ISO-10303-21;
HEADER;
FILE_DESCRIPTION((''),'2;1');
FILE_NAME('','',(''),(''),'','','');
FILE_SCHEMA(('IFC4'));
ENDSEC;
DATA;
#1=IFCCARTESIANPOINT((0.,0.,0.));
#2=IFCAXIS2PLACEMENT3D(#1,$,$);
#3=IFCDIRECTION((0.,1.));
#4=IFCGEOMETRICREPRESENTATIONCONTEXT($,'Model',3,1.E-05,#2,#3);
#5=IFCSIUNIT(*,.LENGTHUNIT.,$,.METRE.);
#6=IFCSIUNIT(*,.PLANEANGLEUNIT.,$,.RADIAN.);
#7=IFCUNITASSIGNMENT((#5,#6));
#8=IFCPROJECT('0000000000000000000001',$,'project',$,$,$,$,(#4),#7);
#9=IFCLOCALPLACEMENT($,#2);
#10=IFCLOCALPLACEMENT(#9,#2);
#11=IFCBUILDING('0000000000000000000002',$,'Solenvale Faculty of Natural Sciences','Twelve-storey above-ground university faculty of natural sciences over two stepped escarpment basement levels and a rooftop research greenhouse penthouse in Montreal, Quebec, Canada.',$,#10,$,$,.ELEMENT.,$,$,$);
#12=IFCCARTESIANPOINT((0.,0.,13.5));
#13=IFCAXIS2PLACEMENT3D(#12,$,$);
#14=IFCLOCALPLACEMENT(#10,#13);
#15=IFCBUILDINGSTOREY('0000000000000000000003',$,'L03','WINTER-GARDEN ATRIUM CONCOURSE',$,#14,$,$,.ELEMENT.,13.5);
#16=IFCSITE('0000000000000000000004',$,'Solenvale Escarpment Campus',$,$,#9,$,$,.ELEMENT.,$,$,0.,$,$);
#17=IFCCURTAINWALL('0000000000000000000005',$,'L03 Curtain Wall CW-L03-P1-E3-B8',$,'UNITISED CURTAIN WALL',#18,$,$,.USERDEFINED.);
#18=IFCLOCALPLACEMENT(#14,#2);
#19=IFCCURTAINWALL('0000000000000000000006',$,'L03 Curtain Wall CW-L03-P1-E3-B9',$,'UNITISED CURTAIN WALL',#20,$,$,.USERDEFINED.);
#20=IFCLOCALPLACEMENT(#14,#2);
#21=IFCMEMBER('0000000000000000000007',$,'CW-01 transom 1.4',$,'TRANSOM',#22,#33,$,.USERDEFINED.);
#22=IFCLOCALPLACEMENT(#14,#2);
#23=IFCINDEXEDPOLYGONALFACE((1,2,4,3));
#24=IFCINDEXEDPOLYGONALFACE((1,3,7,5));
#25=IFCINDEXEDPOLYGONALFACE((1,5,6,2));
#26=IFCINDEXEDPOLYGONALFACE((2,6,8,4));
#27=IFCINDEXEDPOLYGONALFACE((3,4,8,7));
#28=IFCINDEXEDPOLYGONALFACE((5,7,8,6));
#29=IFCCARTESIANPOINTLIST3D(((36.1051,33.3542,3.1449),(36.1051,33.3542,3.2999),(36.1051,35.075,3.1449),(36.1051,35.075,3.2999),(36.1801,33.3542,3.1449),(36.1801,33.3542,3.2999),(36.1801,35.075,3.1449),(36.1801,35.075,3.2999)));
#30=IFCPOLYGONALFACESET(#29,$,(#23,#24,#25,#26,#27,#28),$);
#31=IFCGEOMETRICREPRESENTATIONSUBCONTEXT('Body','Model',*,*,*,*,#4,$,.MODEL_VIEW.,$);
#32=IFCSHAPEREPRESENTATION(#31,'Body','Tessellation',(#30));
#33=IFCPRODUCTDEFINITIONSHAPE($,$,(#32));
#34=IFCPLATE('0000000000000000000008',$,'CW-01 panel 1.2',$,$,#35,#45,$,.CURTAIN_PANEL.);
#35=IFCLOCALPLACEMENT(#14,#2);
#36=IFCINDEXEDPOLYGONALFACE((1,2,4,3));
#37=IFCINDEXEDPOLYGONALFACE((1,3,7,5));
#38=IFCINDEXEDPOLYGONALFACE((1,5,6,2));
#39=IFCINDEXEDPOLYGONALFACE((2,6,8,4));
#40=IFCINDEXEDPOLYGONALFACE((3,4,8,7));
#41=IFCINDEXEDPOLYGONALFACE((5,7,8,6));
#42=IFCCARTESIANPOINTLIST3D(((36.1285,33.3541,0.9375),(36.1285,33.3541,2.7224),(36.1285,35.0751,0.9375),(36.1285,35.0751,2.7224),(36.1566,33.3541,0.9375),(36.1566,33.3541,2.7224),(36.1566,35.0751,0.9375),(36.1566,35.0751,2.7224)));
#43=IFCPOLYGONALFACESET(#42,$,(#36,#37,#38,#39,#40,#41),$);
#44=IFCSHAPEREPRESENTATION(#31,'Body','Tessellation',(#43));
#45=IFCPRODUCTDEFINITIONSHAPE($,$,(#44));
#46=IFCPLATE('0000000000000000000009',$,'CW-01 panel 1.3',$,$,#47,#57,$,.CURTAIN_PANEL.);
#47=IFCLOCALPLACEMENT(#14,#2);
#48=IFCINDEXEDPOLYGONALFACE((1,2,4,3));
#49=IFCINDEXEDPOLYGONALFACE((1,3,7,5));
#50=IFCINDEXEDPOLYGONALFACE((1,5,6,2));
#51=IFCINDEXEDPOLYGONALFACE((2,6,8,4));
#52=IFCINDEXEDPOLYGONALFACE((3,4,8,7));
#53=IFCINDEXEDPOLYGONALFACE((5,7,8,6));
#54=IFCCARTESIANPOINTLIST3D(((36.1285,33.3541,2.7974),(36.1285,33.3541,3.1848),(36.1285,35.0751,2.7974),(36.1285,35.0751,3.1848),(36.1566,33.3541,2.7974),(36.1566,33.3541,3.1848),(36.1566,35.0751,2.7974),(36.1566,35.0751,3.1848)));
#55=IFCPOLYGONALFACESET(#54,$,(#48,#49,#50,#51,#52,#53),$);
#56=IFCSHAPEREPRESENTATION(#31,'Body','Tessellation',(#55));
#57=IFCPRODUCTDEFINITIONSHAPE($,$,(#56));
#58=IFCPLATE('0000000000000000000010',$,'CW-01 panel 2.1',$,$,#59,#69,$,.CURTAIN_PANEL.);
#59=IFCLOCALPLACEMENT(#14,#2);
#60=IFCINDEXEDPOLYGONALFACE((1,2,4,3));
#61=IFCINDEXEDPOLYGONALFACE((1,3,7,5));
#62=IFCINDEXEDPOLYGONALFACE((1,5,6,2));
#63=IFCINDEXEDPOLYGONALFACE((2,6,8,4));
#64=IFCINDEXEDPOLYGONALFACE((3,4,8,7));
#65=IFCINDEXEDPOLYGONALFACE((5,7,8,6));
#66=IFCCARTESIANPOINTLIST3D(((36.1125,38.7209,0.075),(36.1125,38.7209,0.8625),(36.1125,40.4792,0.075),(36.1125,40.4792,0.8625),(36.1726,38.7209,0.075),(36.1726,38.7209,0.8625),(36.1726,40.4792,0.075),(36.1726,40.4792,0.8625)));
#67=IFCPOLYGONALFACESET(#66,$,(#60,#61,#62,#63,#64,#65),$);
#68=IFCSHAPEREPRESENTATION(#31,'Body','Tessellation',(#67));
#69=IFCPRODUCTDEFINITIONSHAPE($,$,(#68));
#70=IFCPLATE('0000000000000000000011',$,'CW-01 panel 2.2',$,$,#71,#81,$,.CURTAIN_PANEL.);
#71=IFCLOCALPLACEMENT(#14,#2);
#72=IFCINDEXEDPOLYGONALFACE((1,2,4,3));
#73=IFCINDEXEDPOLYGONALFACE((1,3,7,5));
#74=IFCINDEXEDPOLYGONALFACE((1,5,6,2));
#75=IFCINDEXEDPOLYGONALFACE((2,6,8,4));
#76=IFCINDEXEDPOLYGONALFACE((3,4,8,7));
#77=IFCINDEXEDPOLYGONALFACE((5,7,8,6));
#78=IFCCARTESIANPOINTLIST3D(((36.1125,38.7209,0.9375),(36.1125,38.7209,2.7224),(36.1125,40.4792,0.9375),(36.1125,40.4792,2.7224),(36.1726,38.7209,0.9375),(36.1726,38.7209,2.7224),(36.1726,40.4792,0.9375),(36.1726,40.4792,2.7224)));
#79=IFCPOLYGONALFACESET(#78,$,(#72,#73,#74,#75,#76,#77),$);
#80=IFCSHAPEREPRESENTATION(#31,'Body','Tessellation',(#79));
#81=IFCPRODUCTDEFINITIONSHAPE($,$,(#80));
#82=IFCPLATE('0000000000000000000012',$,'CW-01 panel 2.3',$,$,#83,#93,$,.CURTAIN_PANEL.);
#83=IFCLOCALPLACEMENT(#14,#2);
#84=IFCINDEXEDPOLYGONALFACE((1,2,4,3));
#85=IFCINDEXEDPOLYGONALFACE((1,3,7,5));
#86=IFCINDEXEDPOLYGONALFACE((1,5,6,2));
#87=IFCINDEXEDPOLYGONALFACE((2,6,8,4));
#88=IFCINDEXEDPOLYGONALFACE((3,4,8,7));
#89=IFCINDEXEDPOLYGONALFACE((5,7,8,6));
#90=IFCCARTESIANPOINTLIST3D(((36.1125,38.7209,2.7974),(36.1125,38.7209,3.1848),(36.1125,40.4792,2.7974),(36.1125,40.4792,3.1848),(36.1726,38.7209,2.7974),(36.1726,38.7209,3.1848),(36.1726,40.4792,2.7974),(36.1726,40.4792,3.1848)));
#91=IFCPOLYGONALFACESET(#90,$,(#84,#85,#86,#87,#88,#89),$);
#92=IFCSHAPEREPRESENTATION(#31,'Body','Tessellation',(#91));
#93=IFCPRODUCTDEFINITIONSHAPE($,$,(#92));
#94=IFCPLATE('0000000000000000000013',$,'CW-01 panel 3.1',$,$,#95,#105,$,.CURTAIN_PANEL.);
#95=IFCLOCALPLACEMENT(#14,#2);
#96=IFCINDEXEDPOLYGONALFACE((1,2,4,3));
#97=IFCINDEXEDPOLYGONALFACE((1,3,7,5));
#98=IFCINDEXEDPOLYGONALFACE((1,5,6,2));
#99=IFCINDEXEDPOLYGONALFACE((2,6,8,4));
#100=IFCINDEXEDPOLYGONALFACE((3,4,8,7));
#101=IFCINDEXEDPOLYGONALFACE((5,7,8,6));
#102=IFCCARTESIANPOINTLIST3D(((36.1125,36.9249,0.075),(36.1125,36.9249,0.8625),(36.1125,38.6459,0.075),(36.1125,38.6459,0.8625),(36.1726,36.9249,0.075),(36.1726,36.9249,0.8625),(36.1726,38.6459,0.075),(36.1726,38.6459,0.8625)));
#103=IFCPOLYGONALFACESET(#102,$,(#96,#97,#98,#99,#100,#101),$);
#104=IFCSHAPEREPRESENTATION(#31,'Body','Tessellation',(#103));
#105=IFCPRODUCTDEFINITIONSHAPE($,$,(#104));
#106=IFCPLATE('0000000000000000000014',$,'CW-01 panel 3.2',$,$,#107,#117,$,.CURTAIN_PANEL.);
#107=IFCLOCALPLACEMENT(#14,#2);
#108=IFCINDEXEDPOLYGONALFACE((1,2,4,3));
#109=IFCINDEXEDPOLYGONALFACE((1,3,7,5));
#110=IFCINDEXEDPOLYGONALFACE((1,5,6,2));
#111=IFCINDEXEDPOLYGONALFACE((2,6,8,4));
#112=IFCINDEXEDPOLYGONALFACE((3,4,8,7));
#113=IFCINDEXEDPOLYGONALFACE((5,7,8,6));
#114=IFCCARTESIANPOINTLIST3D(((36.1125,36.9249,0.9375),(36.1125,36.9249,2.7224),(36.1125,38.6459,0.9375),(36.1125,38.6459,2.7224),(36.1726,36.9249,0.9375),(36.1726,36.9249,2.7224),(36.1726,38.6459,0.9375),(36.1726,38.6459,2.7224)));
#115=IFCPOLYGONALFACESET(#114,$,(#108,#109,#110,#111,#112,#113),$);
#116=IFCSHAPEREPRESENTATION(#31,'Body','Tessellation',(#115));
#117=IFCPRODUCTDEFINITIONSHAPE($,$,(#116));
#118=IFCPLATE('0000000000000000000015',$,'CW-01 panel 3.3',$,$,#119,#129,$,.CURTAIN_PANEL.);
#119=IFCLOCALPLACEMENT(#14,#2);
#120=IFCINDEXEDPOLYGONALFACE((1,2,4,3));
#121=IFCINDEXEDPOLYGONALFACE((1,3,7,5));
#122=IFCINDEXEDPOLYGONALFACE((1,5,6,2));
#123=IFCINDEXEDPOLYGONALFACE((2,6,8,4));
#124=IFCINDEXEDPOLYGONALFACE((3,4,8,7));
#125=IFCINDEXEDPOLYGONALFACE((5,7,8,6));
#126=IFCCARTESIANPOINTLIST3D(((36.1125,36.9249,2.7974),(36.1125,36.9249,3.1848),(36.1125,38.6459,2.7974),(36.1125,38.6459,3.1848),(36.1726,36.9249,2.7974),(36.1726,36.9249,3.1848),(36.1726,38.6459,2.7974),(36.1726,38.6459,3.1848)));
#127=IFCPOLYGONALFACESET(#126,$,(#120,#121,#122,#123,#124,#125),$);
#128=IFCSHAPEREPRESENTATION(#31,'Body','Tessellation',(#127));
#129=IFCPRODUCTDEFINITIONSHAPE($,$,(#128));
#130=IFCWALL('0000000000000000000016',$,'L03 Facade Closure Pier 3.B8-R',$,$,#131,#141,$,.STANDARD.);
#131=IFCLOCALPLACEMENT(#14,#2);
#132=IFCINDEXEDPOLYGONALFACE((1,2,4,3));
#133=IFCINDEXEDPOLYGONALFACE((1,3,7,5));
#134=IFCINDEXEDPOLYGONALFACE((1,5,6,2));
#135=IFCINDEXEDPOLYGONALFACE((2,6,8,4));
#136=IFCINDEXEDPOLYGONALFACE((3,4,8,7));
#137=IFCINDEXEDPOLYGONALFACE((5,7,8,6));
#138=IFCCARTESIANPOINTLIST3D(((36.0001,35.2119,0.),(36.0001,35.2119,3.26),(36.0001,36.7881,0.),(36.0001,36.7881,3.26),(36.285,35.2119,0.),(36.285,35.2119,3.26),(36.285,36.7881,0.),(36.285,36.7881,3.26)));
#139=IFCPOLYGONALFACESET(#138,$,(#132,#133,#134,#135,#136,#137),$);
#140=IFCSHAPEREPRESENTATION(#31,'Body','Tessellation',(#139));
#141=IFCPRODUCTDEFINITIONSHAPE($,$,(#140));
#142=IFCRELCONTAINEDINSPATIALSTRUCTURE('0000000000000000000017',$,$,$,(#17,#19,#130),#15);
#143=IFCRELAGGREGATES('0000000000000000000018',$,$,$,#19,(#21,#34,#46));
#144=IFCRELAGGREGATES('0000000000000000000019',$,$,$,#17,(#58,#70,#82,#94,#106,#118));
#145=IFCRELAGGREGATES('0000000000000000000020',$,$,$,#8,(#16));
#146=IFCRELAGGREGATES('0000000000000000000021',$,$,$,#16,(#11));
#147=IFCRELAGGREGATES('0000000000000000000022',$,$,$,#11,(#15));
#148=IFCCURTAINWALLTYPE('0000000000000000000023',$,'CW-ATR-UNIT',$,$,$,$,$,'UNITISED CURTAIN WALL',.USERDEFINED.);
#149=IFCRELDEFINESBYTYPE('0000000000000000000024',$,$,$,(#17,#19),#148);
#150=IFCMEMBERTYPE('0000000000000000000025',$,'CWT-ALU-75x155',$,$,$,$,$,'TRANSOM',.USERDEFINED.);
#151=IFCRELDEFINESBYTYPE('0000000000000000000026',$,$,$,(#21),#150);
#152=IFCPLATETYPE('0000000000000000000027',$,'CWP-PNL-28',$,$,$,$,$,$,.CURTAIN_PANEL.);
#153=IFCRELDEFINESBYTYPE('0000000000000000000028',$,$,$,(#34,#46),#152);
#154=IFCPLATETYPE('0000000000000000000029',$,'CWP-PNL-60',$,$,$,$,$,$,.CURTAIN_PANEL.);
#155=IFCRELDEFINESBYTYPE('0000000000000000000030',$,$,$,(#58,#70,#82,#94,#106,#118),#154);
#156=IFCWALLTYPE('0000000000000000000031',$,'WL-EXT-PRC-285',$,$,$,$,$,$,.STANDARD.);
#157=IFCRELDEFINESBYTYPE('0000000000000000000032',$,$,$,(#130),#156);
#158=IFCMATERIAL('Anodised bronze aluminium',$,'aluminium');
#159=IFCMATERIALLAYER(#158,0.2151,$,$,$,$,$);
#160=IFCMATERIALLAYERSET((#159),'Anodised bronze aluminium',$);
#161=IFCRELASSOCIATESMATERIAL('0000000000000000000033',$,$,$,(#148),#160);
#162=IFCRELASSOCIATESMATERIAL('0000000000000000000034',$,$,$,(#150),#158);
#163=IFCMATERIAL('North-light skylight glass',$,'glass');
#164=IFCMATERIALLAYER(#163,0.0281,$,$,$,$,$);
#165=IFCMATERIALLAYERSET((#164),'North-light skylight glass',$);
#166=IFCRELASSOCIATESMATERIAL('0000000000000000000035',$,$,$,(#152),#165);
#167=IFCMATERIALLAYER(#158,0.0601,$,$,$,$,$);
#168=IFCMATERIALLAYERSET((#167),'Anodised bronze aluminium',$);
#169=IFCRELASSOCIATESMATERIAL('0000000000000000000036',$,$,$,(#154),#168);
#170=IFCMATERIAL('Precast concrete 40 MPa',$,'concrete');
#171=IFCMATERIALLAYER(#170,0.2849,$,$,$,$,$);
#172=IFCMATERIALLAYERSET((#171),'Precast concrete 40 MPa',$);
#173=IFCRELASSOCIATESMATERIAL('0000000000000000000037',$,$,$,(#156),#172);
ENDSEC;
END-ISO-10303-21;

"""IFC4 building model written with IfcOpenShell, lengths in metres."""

from ifc_helpers import new_model, si_unit, direction, frame, frame_2d, origin, origin_2d, place, context, subcontext, project, spatial, rectangle, extrude, material, layer, layer_set, material_profile, profile_set, type_object, element, aggregate, save


model = new_model("IFC4")

# Units and contexts
model_context = context("Model", 3, precision=1e-05, world=origin(), true_north=direction((0.0, 1.0)))
body_context = subcontext(model_context, "Body", "Model", "MODEL_VIEW")
ifc_project = project(units=[si_unit("LENGTHUNIT", "METRE"), si_unit("PLANEANGLEUNIT", "RADIAN")], contexts=[model_context])

# Site, building, storey
site_placement = place(None, origin())
site = spatial("IfcSite", under=ifc_project, at=site_placement, Name="Solenvale Escarpment Campus", CompositionType="ELEMENT", RefElevation=0.0)
building_placement = place(site_placement, origin())
building = spatial("IfcBuilding", under=site, at=building_placement, Name="Solenvale Faculty of Natural Sciences", Description="Twelve-storey above-ground university faculty of natural sciences over two stepped escarpment basement levels and a rooftop research greenhouse penthouse in Montreal, Quebec, Canada.", CompositionType="ELEMENT")
storey_placement = place(building_placement, frame((0.0, 0.0, 13.5)))
storey = spatial("IfcBuildingStorey", under=building, at=storey_placement, Name="L03", Description="WINTER-GARDEN ATRIUM CONCOURSE", CompositionType="ELEMENT", Elevation=13.5)

# Curtain wall
ifc_material_1 = material(Name="Anodised bronze aluminium", Category="aluminium")
ifc_layer_1 = layer(ifc_material_1, 0.2151)
ifc_layer_set_1 = layer_set([ifc_layer_1], Name="Anodised bronze aluminium")
curtain_wall_type = type_object("IfcCurtainWallType", Name="CW-ATR-UNIT", ElementType="UNITISED CURTAIN WALL", PredefinedType="USERDEFINED", material=ifc_layer_set_1)
curtain_wall_1_placement = place(storey_placement, origin())
curtain_wall_1 = element("IfcCurtainWall", 1, at=curtain_wall_1_placement, inside=storey, type_object=curtain_wall_type, Name="L03 Curtain Wall CW-L03-P1-E3-B8", ObjectType="UNITISED CURTAIN WALL", PredefinedType="USERDEFINED")

# Curtain wall
curtain_wall_2_placement = place(storey_placement, origin())
curtain_wall_2 = element("IfcCurtainWall", 2, at=curtain_wall_2_placement, inside=storey, type_object=curtain_wall_type, Name="L03 Curtain Wall CW-L03-P1-E3-B9", ObjectType="UNITISED CURTAIN WALL", PredefinedType="USERDEFINED")

# Member
ifc_material_profile_1 = material_profile(ifc_material_1, rectangle(XDim=0.075, YDim=0.155, at=origin_2d()), Name="ALU-TRN-75x155")
ifc_profile_set_1 = profile_set([ifc_material_profile_1], Name="Anodised bronze aluminium")
member_type_1 = type_object("IfcMemberType", Name="CWT-ALU-75x155", ElementType="TRANSOM", PredefinedType="USERDEFINED", material=ifc_profile_set_1)
member_1_placement = place(storey_placement, frame((36.1426, 35.075, 3.2224), z_axis=(0.0, -1.0, 0.0), x_axis=(1.0, 0.0, 0.0)))
member_1 = element("IfcMember", 3, at=member_1_placement, type_object=member_type_1, Name="CW-01 transom 1.4", ObjectType="TRANSOM", PredefinedType="USERDEFINED", context=body_context, shape_type="SweptSolid", body=[
    extrude(rectangle(XDim=0.075, YDim=0.155, at=origin_2d()), origin(), (0.0, 0.0, 1.0), 1.7207),
])

# Plates
ifc_material_2 = material(Name="North-light skylight glass", Category="glass")
ifc_layer_2 = layer(ifc_material_2, 0.0281)
ifc_layer_set_2 = layer_set([ifc_layer_2], Name="North-light skylight glass")
plate_type_1 = type_object("IfcPlateType", Name="CWP-PNL-28", PredefinedType="CURTAIN_PANEL", material=ifc_layer_set_2)
plate_1_placement = place(storey_placement, frame((36.1426, 34.2146, 0.9375), z_axis=(0.0, 0.0, 1.0), x_axis=(0.0, -1.0, 0.0)))
plate_1 = element("IfcPlate", 4, at=plate_1_placement, type_object=plate_type_1, Name="CW-01 panel 1.2", PredefinedType="CURTAIN_PANEL", context=body_context, shape_type="SweptSolid", body=[
    extrude(rectangle(XDim=1.7209, YDim=0.0281, at=origin_2d()), origin(), (0.0, 0.0, 1.0), 1.7849),
])
plate_2_placement = place(storey_placement, frame((36.1426, 34.2146, 2.7974), z_axis=(0.0, 0.0, 1.0), x_axis=(0.0, -1.0, 0.0)))
plate_2 = element("IfcPlate", 5, at=plate_2_placement, type_object=plate_type_1, Name="CW-01 panel 1.3", PredefinedType="CURTAIN_PANEL", context=body_context, shape_type="SweptSolid", body=[
    extrude(rectangle(XDim=1.7209, YDim=0.0281, at=origin_2d()), origin(), (0.0, 0.0, 1.0), 0.3875),
])
aggregate(curtain_wall_2, [member_1, plate_1, plate_2])
ifc_layer_3 = layer(ifc_material_1, 0.0601)
ifc_layer_set_3 = layer_set([ifc_layer_3], Name="Anodised bronze aluminium")
plate_type_2 = type_object("IfcPlateType", Name="CWP-PNL-60", PredefinedType="CURTAIN_PANEL", material=ifc_layer_set_3)
plate_3_placement = place(storey_placement, frame((36.1426, 39.6001, 0.075), z_axis=(0.0, 0.0, 1.0), x_axis=(0.0, -1.0, 0.0)))
plate_3 = element("IfcPlate", 6, at=plate_3_placement, type_object=plate_type_2, Name="CW-01 panel 2.1", PredefinedType="CURTAIN_PANEL", context=body_context, shape_type="SweptSolid", body=[
    extrude(rectangle(XDim=1.7583, YDim=0.0601, at=origin_2d()), origin(), (0.0, 0.0, 1.0), 0.7876),
])
plate_4_placement = place(storey_placement, frame((36.1426, 39.6001, 0.9375), z_axis=(0.0, 0.0, 1.0), x_axis=(0.0, -1.0, 0.0)))
plate_4 = element("IfcPlate", 7, at=plate_4_placement, type_object=plate_type_2, Name="CW-01 panel 2.2", PredefinedType="CURTAIN_PANEL", context=body_context, shape_type="SweptSolid", body=[
    extrude(rectangle(XDim=1.7583, YDim=0.0601, at=origin_2d()), origin(), (0.0, 0.0, 1.0), 1.7849),
])
plate_5_placement = place(storey_placement, frame((36.1426, 39.6001, 2.7974), z_axis=(0.0, 0.0, 1.0), x_axis=(0.0, -1.0, 0.0)))
plate_5 = element("IfcPlate", 8, at=plate_5_placement, type_object=plate_type_2, Name="CW-01 panel 2.3", PredefinedType="CURTAIN_PANEL", context=body_context, shape_type="SweptSolid", body=[
    extrude(rectangle(XDim=1.7583, YDim=0.0601, at=origin_2d()), origin(), (0.0, 0.0, 1.0), 0.3875),
])
plate_6_placement = place(storey_placement, frame((36.1426, 37.7854, 0.075), z_axis=(0.0, 0.0, 1.0), x_axis=(0.0, -1.0, 0.0)))
plate_6 = element("IfcPlate", 9, at=plate_6_placement, type_object=plate_type_2, Name="CW-01 panel 3.1", PredefinedType="CURTAIN_PANEL", context=body_context, shape_type="SweptSolid", body=[
    extrude(rectangle(XDim=1.7209, YDim=0.0601, at=origin_2d()), origin(), (0.0, 0.0, 1.0), 0.7876),
])
plate_7_placement = place(storey_placement, frame((36.1426, 37.7854, 0.9375), z_axis=(0.0, 0.0, 1.0), x_axis=(0.0, -1.0, 0.0)))
plate_7 = element("IfcPlate", 10, at=plate_7_placement, type_object=plate_type_2, Name="CW-01 panel 3.2", PredefinedType="CURTAIN_PANEL", context=body_context, shape_type="SweptSolid", body=[
    extrude(rectangle(XDim=1.7209, YDim=0.0601, at=origin_2d()), origin(), (0.0, 0.0, 1.0), 1.7849),
])
plate_8_placement = place(storey_placement, frame((36.1426, 37.7854, 2.7974), z_axis=(0.0, 0.0, 1.0), x_axis=(0.0, -1.0, 0.0)))
plate_8 = element("IfcPlate", 11, at=plate_8_placement, type_object=plate_type_2, Name="CW-01 panel 3.3", PredefinedType="CURTAIN_PANEL", context=body_context, shape_type="SweptSolid", body=[
    extrude(rectangle(XDim=1.7209, YDim=0.0601, at=origin_2d()), origin(), (0.0, 0.0, 1.0), 0.3875),
])
aggregate(curtain_wall_1, [plate_3, plate_4, plate_5, plate_6, plate_7, plate_8])

# Wall
ifc_material_3 = material(Name="Precast concrete 40 MPa", Category="concrete")
ifc_layer_4 = layer(ifc_material_3, 0.2849)
ifc_layer_set_4 = layer_set([ifc_layer_4], Name="Precast concrete 40 MPa")
wall_type = type_object("IfcWallType", Name="WL-EXT-PRC-285", PredefinedType="STANDARD", material=ifc_layer_set_4)
wall_placement = place(storey_placement, frame((36.1426, 36.7881, 0.0), z_axis=(0.0, 0.0, 1.0), x_axis=(0.0, -1.0, 0.0)))
element("IfcWall", 12, at=wall_placement, inside=storey, type_object=wall_type, Name="L03 Facade Closure Pier 3.B8-R", PredefinedType="STANDARD", context=body_context, shape_type="SweptSolid", body=[
    extrude(rectangle(XDim=1.5762, YDim=0.2849, at=frame_2d((0.7881, 0.0))), origin(), (0.0, 0.0, 1.0), 3.26),
])

save(model, "model.ifc")
